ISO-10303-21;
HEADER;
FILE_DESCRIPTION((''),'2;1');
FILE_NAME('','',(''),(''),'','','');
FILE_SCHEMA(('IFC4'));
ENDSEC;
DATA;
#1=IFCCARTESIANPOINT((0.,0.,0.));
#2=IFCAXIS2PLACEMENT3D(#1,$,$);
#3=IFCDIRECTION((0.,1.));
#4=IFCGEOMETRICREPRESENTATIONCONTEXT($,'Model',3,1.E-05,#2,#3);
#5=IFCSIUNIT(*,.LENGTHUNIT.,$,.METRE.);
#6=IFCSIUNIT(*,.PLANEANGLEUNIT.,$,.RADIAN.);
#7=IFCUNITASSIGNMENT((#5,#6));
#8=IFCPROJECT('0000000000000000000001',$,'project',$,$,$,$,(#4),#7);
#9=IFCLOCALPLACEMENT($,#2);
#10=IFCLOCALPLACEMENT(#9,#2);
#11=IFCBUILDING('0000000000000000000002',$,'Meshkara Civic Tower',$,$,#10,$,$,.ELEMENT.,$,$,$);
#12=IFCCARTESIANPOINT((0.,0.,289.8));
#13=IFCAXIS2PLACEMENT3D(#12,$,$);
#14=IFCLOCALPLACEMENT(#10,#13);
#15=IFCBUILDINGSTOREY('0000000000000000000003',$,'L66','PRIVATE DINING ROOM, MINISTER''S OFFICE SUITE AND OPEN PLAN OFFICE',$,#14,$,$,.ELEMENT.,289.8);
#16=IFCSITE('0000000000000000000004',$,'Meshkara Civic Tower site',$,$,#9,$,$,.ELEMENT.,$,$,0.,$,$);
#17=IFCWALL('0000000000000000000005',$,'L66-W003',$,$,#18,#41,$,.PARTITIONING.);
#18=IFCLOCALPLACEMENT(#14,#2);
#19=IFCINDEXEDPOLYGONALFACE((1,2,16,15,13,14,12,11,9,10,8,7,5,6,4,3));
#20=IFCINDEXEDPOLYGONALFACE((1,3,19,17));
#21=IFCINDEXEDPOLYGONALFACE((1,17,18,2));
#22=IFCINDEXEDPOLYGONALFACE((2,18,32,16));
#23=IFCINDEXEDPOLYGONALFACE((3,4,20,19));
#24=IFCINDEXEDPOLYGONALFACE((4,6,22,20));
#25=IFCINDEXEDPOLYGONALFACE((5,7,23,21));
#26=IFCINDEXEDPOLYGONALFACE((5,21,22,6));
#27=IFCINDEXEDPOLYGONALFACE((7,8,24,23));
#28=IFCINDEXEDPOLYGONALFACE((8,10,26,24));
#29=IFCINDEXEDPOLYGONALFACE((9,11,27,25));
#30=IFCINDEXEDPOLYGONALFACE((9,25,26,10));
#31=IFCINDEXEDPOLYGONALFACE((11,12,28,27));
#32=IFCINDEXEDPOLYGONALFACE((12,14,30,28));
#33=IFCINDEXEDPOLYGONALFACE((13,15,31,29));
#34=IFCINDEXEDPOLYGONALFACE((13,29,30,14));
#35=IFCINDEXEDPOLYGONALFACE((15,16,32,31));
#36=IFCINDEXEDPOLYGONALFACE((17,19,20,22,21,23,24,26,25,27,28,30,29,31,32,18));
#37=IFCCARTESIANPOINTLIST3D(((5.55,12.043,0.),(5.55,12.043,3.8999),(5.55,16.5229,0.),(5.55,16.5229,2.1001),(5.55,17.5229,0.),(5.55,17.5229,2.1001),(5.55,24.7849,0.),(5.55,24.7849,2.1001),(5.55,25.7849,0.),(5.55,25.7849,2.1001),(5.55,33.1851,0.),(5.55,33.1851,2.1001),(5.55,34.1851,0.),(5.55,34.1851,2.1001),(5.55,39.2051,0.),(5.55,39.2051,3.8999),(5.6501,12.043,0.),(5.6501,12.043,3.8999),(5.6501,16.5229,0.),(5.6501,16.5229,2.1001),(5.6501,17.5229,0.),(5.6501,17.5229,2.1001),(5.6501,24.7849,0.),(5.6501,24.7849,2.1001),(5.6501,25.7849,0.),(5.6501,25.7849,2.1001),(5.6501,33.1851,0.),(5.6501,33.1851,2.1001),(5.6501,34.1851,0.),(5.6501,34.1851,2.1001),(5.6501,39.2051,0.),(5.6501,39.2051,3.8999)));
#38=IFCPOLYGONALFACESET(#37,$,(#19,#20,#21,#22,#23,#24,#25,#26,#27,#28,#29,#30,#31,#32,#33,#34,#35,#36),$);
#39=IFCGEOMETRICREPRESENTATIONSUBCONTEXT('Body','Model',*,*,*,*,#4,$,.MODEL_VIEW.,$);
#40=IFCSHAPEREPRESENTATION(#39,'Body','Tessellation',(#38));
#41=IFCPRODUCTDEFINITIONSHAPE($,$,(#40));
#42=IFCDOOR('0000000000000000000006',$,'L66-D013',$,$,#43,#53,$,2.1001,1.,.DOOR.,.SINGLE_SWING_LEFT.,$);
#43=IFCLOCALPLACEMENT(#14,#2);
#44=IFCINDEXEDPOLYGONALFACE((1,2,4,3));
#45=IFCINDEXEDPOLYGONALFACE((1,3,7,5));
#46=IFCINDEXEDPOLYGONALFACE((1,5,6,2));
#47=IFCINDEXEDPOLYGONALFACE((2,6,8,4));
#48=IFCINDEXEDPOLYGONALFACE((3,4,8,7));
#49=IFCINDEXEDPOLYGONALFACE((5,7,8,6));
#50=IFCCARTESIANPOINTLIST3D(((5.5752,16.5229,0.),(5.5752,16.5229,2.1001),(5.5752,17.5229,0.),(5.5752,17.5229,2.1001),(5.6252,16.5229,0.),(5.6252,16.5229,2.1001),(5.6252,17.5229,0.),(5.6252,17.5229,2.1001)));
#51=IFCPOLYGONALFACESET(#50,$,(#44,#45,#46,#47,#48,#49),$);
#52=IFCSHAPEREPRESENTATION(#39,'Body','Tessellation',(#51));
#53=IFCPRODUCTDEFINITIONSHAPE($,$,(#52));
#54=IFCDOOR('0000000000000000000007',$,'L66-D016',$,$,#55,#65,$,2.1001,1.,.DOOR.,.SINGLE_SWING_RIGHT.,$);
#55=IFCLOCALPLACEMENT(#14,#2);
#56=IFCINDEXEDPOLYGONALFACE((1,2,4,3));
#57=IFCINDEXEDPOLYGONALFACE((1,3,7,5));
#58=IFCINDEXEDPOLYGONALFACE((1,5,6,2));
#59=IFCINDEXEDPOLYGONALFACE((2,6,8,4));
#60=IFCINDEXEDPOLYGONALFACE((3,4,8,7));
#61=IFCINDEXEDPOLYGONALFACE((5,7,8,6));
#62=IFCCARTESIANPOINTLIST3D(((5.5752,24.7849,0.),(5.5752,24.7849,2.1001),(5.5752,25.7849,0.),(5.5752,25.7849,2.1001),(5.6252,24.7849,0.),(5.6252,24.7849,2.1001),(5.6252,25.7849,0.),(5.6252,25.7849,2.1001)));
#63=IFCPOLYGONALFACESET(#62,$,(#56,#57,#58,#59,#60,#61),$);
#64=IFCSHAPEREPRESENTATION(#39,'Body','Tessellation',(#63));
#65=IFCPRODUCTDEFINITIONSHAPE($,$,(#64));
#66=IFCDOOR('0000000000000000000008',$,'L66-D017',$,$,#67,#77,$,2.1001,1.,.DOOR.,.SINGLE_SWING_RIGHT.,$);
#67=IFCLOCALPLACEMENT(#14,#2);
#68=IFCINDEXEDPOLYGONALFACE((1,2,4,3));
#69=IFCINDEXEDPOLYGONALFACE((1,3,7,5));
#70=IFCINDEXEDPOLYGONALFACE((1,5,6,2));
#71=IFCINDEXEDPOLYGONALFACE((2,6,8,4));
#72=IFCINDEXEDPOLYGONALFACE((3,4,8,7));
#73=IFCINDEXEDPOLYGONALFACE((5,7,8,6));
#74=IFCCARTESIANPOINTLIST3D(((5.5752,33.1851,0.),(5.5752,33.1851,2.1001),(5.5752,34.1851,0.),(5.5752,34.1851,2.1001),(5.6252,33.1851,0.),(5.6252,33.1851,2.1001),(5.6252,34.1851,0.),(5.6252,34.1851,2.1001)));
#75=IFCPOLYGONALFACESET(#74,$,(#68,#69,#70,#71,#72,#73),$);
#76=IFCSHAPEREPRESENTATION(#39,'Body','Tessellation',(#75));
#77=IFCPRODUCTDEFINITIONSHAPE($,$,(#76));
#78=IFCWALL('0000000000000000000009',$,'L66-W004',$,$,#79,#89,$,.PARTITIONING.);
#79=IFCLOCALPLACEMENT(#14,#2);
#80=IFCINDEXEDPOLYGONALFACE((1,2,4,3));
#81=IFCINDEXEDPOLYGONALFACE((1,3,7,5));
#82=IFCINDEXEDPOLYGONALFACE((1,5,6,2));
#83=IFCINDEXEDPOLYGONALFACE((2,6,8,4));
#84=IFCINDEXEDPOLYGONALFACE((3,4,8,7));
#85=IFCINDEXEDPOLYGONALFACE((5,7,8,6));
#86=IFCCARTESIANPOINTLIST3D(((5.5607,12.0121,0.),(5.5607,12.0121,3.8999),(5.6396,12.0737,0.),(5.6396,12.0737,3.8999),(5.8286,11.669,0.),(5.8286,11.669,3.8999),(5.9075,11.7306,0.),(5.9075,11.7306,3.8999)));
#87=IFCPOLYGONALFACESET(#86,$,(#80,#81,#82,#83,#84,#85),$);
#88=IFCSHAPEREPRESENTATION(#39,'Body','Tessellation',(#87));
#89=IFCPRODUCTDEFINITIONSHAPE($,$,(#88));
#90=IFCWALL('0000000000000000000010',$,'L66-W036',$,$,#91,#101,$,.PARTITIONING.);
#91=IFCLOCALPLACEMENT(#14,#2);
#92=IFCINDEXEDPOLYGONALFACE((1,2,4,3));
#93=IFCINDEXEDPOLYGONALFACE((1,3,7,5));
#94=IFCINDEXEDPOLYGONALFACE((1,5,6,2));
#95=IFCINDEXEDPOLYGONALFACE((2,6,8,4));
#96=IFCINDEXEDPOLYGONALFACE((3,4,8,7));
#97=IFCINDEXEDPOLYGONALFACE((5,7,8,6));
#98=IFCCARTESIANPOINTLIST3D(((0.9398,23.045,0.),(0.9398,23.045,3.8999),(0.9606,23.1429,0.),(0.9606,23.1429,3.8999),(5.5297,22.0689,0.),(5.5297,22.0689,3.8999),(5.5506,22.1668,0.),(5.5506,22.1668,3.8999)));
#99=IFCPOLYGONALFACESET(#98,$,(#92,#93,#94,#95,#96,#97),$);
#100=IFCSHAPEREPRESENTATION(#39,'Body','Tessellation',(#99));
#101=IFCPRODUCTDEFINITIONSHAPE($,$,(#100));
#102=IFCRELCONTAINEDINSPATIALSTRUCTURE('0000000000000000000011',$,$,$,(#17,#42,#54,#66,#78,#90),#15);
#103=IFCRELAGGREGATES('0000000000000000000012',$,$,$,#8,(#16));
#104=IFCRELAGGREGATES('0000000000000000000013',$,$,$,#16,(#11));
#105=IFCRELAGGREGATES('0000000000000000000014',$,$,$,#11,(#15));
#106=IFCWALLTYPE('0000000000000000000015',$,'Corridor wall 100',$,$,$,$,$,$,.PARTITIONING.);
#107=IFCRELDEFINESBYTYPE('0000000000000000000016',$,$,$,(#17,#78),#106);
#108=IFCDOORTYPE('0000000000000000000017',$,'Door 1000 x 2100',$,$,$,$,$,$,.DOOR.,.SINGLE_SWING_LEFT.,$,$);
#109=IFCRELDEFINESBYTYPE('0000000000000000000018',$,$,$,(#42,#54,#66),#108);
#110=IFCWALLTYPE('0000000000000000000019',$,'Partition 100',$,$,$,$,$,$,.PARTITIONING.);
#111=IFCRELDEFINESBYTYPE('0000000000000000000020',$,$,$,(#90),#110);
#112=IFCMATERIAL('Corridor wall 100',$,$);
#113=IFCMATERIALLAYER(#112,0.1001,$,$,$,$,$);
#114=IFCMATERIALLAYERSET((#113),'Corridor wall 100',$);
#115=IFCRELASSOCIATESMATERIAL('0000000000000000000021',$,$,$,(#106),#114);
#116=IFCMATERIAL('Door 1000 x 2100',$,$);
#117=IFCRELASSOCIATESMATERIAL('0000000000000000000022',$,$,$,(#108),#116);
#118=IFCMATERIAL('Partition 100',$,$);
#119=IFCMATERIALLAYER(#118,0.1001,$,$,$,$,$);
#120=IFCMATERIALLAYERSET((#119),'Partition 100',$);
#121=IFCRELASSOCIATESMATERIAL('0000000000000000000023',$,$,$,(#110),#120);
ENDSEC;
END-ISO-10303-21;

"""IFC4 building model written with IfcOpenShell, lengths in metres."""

from ifc_helpers import new_model, si_unit, direction, frame, frame_2d, origin, place, context, subcontext, project, spatial, rectangle, extrude, material, layer, layer_set, type_object, element, fill, save


model = new_model("IFC4")

# Units and contexts
model_context = context("Model", 3, precision=1e-05, world=origin(), true_north=direction((0.0, 1.0)))
body_context = subcontext(model_context, "Body", "Model", "MODEL_VIEW")
ifc_project = project(units=[si_unit("LENGTHUNIT", "METRE"), si_unit("PLANEANGLEUNIT", "RADIAN")], contexts=[model_context])

# Site, building, storey
site_placement = place(None, origin())
site = spatial("IfcSite", under=ifc_project, at=site_placement, Name="Meshkara Civic Tower site", CompositionType="ELEMENT", RefElevation=0.0)
building_placement = place(site_placement, origin())
building = spatial("IfcBuilding", under=site, at=building_placement, Name="Meshkara Civic Tower", CompositionType="ELEMENT")
storey_placement = place(building_placement, frame((0.0, 0.0, 289.8)))
storey = spatial("IfcBuildingStorey", under=building, at=storey_placement, Name="L66", Description="PRIVATE DINING ROOM, MINISTER'S OFFICE SUITE AND OPEN PLAN OFFICE", CompositionType="ELEMENT", Elevation=289.8)

# Wall, openings, doors
ifc_material_1 = material(Name="Corridor wall 100")
ifc_layer_1 = layer(ifc_material_1, 0.1001)
ifc_layer_set_1 = layer_set([ifc_layer_1], Name="Corridor wall 100")
wall_type_1 = type_object("IfcWallType", Name="Corridor wall 100", PredefinedType="PARTITIONING", material=ifc_layer_set_1)
wall_1_placement = place(storey_placement, frame((5.6001, 12.043, 0.0), z_axis=(0.0, 0.0, 1.0), x_axis=(0.0, 1.0, 0.0)))
wall_1 = element("IfcWall", 1, at=wall_1_placement, inside=storey, type_object=wall_type_1, Name="L66-W003", PredefinedType="PARTITIONING", context=body_context, shape_type="SweptSolid", body=[
    extrude(rectangle(XDim=27.1621, YDim=0.1001, at=frame_2d((13.5811, 0.0))), origin(), (0.0, 0.0, 1.0), 3.8999),
])
opening_1_placement = place(wall_1_placement, frame((4.48, 0.0, 0.0)))
opening_1 = element("IfcOpeningElement", 2, at=opening_1_placement, cuts=wall_1, PredefinedType="OPENING", context=body_context, shape_type="SweptSolid", body=[
    extrude(rectangle(XDim=1.0, YDim=2.1001, at=frame_2d((0.5, 1.05))), frame((0.0, 0.0601, 0.0), z_axis=(0.0, -1.0, 0.0), x_axis=(1.0, 0.0, 0.0)), (0.0, 0.0, 1.0), 0.1201),
])
opening_2_placement = place(wall_1_placement, frame((12.7419, 0.0, 0.0)))
opening_2 = element("IfcOpeningElement", 3, at=opening_2_placement, cuts=wall_1, PredefinedType="OPENING", context=body_context, shape_type="SweptSolid", body=[
    extrude(rectangle(XDim=1.0, YDim=2.1001, at=frame_2d((0.5, 1.05))), frame((0.0, 0.0601, 0.0), z_axis=(0.0, -1.0, 0.0), x_axis=(1.0, 0.0, 0.0)), (0.0, 0.0, 1.0), 0.1201),
])
opening_3_placement = place(wall_1_placement, frame((21.1421, 0.0, 0.0)))
opening_3 = element("IfcOpeningElement", 4, at=opening_3_placement, cuts=wall_1, PredefinedType="OPENING", context=body_context, shape_type="SweptSolid", body=[
    extrude(rectangle(XDim=1.0, YDim=2.1001, at=frame_2d((0.5, 1.05))), frame((0.0, 0.0601, 0.0), z_axis=(0.0, -1.0, 0.0), x_axis=(1.0, 0.0, 0.0)), (0.0, 0.0, 1.0), 0.1201),
])
ifc_material_2 = material(Name="Door 1000 x 2100")
door_type_1 = type_object("IfcDoorType", Name="Door 1000 x 2100", OperationType="SINGLE_SWING_LEFT", PredefinedType="DOOR", material=ifc_material_2)
door_1_placement = place(opening_1_placement, origin())
door_1 = element("IfcDoor", 5, at=door_1_placement, inside=storey, type_object=door_type_1, Name="L66-D013", OperationType="SINGLE_SWING_LEFT", OverallHeight=2.1001, OverallWidth=1.0, PredefinedType="DOOR", context=body_context, shape_type="SweptSolid", body=[
    extrude(rectangle(XDim=1.0, YDim=2.1001, at=frame_2d((0.5, 1.05))), frame((0.0, 0.0249, 0.0), z_axis=(0.0, -1.0, 0.0), x_axis=(1.0, 0.0, 0.0)), (0.0, 0.0, 1.0), 0.05),
])
fill(opening_1, door_1)
door_2_placement = place(opening_2_placement, origin())
door_2 = element("IfcDoor", 6, at=door_2_placement, inside=storey, type_object=door_type_1, Name="L66-D016", OperationType="SINGLE_SWING_RIGHT", OverallHeight=2.1001, OverallWidth=1.0, PredefinedType="DOOR", context=body_context, shape_type="SweptSolid", body=[
    extrude(rectangle(XDim=1.0, YDim=2.1001, at=frame_2d((0.5, 1.05))), frame((0.0, 0.0249, 0.0), z_axis=(0.0, -1.0, 0.0), x_axis=(1.0, 0.0, 0.0)), (0.0, 0.0, 1.0), 0.05),
])
fill(opening_2, door_2)
door_3_placement = place(opening_3_placement, origin())
door_3 = element("IfcDoor", 7, at=door_3_placement, inside=storey, type_object=door_type_1, Name="L66-D017", OperationType="SINGLE_SWING_RIGHT", OverallHeight=2.1001, OverallWidth=1.0, PredefinedType="DOOR", context=body_context, shape_type="SweptSolid", body=[
    extrude(rectangle(XDim=1.0, YDim=2.1001, at=frame_2d((0.5, 1.05))), frame((0.0, 0.0249, 0.0), z_axis=(0.0, -1.0, 0.0), x_axis=(1.0, 0.0, 0.0)), (0.0, 0.0, 1.0), 0.05),
])
fill(opening_3, door_3)

# Walls
wall_2_placement = place(storey_placement, frame((5.6001, 12.043, 0.0), z_axis=(0.0, 0.0, 1.0), x_axis=(0.615415, -0.788203, 0.0)))
element("IfcWall", 8, at=wall_2_placement, inside=storey, type_object=wall_type_1, Name="L66-W004", PredefinedType="PARTITIONING", context=body_context, shape_type="SweptSolid", body=[
    extrude(rectangle(XDim=0.4353, YDim=0.1001, at=frame_2d((0.2178, 0.0))), origin(), (0.0, 0.0, 1.0), 3.8999),
])
ifc_material_3 = material(Name="Partition 100")
ifc_layer_2 = layer(ifc_material_3, 0.1001)
ifc_layer_set_2 = layer_set([ifc_layer_2], Name="Partition 100")
wall_type_2 = type_object("IfcWallType", Name="Partition 100", PredefinedType="PARTITIONING", material=ifc_layer_set_2)
wall_3_placement = place(storey_placement, frame((5.54, 22.1179, 0.0), z_axis=(0.0, 0.0, 1.0), x_axis=(-0.978129, 0.207998, 0.0)))
element("IfcWall", 9, at=wall_3_placement, inside=storey, type_object=wall_type_2, Name="L66-W036", PredefinedType="PARTITIONING", context=body_context, shape_type="SweptSolid", body=[
    extrude(rectangle(XDim=4.6926, YDim=0.1001, at=frame_2d((2.3462, 0.0))), origin(), (0.0, 0.0, 1.0), 3.8999),
])

save(model, "model.ifc")
